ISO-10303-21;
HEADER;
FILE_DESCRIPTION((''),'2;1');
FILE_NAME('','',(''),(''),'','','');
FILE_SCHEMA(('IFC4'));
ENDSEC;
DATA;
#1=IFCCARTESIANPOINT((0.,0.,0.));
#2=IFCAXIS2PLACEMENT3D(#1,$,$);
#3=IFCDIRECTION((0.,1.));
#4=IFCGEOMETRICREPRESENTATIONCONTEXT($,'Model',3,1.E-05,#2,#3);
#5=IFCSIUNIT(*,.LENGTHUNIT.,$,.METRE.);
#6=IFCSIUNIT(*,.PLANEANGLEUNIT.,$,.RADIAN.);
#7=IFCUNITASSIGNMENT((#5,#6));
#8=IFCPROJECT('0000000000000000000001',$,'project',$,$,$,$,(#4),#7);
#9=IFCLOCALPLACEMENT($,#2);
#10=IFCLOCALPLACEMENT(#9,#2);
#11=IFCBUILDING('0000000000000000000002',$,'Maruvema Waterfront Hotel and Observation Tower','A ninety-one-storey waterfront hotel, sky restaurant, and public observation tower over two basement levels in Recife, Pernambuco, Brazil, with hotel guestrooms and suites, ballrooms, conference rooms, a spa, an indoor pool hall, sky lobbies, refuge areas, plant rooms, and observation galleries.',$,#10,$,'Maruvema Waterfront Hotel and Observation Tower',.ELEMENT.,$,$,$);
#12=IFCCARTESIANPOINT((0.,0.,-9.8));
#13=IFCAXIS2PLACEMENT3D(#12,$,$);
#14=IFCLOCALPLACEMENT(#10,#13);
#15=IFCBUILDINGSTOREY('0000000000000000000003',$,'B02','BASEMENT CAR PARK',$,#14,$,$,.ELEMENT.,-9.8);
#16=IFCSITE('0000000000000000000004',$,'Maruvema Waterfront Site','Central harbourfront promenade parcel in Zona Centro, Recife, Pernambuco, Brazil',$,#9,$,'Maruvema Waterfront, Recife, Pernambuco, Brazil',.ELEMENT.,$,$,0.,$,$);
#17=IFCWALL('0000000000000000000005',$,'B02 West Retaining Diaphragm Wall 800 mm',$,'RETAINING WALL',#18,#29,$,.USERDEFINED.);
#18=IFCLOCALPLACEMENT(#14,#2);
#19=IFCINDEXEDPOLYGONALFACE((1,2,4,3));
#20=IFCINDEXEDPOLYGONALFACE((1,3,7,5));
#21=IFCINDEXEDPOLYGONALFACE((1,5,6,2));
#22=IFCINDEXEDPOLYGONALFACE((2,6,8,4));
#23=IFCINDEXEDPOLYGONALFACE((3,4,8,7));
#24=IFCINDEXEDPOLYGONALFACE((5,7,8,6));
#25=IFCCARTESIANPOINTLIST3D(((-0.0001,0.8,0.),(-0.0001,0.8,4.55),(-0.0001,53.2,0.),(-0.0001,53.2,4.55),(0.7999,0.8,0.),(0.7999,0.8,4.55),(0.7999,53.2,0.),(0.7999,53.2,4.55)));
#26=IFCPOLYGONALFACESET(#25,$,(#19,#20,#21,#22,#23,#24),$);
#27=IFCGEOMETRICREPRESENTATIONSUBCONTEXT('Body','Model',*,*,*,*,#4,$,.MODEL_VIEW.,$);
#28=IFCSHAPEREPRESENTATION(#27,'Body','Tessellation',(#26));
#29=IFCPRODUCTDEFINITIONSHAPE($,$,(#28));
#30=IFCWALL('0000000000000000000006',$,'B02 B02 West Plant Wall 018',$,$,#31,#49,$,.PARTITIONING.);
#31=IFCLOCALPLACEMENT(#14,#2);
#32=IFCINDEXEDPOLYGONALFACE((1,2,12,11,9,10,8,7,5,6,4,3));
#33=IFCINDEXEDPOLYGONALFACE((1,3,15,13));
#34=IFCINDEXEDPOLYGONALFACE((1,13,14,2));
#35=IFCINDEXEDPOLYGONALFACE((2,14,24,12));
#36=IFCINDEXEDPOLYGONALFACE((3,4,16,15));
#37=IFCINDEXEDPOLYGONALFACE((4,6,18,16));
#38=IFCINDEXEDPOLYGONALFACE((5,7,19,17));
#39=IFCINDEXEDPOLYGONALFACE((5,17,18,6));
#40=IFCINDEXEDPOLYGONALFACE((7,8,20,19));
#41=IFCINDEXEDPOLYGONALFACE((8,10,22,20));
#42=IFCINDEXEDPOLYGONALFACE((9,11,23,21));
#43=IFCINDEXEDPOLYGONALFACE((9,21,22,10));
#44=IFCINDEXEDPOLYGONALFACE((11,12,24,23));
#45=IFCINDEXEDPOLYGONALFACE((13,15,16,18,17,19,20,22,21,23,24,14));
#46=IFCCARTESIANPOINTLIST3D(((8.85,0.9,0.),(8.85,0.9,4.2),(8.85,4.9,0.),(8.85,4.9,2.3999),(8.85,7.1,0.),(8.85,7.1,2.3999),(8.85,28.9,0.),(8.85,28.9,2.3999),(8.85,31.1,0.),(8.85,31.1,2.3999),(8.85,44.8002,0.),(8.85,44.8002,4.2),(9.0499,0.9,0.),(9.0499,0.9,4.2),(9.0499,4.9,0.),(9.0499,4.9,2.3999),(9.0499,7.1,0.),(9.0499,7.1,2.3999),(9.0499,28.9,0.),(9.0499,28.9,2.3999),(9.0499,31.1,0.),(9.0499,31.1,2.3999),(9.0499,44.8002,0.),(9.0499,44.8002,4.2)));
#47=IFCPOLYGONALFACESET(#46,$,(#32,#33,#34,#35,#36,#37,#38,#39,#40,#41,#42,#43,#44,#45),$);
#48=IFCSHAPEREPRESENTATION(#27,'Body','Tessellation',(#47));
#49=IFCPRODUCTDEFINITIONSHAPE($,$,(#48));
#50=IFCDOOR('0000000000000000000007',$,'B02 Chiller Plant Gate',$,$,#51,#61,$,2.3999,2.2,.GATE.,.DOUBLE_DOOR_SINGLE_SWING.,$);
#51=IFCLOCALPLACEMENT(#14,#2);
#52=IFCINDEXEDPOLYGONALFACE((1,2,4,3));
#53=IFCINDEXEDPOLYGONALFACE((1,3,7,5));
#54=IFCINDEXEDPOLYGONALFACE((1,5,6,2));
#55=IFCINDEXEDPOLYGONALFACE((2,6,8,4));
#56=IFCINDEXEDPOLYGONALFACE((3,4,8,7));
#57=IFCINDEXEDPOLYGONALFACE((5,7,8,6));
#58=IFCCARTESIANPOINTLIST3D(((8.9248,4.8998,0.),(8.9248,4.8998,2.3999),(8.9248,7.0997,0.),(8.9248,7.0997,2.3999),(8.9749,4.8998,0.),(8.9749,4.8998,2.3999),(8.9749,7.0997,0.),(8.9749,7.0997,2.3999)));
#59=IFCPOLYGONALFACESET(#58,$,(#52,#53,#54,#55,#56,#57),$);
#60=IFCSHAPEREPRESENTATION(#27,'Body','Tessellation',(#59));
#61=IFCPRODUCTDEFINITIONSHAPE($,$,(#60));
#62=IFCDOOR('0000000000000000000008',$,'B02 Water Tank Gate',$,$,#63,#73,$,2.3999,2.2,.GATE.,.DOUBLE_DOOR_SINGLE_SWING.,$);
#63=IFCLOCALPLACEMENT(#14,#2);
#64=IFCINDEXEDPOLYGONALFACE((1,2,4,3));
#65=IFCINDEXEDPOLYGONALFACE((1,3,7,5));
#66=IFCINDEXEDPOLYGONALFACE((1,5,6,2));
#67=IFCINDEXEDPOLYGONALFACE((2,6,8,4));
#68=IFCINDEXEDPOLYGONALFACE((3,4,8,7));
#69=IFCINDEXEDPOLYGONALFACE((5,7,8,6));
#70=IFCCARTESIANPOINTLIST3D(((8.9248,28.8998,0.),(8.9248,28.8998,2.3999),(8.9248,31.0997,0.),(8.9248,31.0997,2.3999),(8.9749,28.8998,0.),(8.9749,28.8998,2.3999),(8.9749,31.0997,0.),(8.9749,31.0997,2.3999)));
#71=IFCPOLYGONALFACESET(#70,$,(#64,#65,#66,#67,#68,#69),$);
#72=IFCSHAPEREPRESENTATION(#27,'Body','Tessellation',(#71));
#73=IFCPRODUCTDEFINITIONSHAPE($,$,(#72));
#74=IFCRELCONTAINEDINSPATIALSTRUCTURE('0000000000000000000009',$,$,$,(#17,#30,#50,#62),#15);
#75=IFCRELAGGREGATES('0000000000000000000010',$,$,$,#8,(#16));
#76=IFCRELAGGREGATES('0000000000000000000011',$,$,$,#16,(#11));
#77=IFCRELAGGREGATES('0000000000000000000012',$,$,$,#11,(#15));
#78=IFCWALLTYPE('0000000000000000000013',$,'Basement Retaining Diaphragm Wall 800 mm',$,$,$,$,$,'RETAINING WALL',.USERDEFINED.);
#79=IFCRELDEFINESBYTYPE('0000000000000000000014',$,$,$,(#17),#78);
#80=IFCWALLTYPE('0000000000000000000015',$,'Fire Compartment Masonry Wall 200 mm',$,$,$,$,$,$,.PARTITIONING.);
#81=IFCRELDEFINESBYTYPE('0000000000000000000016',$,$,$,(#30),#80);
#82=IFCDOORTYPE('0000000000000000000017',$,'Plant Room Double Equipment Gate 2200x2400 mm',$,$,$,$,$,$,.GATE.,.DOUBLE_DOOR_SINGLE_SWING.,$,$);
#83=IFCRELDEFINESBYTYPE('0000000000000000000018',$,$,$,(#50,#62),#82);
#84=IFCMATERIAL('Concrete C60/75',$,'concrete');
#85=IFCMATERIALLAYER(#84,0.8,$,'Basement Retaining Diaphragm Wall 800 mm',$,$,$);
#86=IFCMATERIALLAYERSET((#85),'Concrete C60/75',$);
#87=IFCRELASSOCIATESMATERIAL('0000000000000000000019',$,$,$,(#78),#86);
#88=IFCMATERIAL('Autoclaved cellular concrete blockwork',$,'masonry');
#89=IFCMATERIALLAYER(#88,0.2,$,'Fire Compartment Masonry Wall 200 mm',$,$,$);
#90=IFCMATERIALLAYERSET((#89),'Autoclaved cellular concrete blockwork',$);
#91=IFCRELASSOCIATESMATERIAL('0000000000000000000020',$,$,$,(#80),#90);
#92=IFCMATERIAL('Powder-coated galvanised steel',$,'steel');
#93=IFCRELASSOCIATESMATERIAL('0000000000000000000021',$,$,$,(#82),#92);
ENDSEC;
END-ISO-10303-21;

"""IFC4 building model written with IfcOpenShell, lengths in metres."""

from ifc_helpers import new_model, si_unit, direction, frame, frame_2d, origin, place, context, subcontext, project, spatial, rectangle, extrude, material, layer, layer_set, type_object, element, fill, save


model = new_model("IFC4")

# Units and contexts
model_context = context("Model", 3, precision=1e-05, world=origin(), true_north=direction((0.0, 1.0)))
body_context = subcontext(model_context, "Body", "Model", "MODEL_VIEW")
ifc_project = project(units=[si_unit("LENGTHUNIT", "METRE"), si_unit("PLANEANGLEUNIT", "RADIAN")], contexts=[model_context])

# Site, building, storey
site_placement = place(None, origin())
site = spatial("IfcSite", under=ifc_project, at=site_placement, Name="Maruvema Waterfront Site", Description="Central harbourfront promenade parcel in Zona Centro, Recife, Pernambuco, Brazil", LongName="Maruvema Waterfront, Recife, Pernambuco, Brazil", CompositionType="ELEMENT", RefElevation=0.0)
building_placement = place(site_placement, origin())
building = spatial("IfcBuilding", under=site, at=building_placement, Name="Maruvema Waterfront Hotel and Observation Tower", Description="A ninety-one-storey waterfront hotel, sky restaurant, and public observation tower over two basement levels in Recife, Pernambuco, Brazil, with hotel guestrooms and suites, ballrooms, conference rooms, a spa, an indoor pool hall, sky lobbies, refuge areas, plant rooms, and observation galleries.", LongName="Maruvema Waterfront Hotel and Observation Tower", CompositionType="ELEMENT")
storey_placement = place(building_placement, frame((0.0, 0.0, -9.8)))
storey = spatial("IfcBuildingStorey", under=building, at=storey_placement, Name="B02", Description="BASEMENT CAR PARK", CompositionType="ELEMENT", Elevation=-9.8)

# Wall
ifc_material_1 = material(Name="Concrete C60/75", Category="concrete")
ifc_layer_1 = layer(ifc_material_1, 0.8, Name="Basement Retaining Diaphragm Wall 800 mm")
ifc_layer_set_1 = layer_set([ifc_layer_1], Name="Concrete C60/75")
wall_type_1 = type_object("IfcWallType", Name="Basement Retaining Diaphragm Wall 800 mm", ElementType="RETAINING WALL", PredefinedType="USERDEFINED", material=ifc_layer_set_1)
wall_1_placement = place(storey_placement, frame((0.3999, 0.8, 0.0), z_axis=(0.0, 0.0, 1.0), x_axis=(0.0, 1.0, 0.0)))
element("IfcWall", 1, at=wall_1_placement, inside=storey, type_object=wall_type_1, Name="B02 West Retaining Diaphragm Wall 800 mm", ObjectType="RETAINING WALL", PredefinedType="USERDEFINED", context=body_context, shape_type="SweptSolid", body=[
    extrude(rectangle(XDim=52.3999, YDim=0.8, at=frame_2d((26.2, 0.0))), origin(), (0.0, 0.0, 1.0), 4.55),
])

# Wall, openings, doors
ifc_material_2 = material(Name="Autoclaved cellular concrete blockwork", Category="masonry")
ifc_layer_2 = layer(ifc_material_2, 0.2, Name="Fire Compartment Masonry Wall 200 mm")
ifc_layer_set_2 = layer_set([ifc_layer_2], Name="Autoclaved cellular concrete blockwork")
wall_type_2 = type_object("IfcWallType", Name="Fire Compartment Masonry Wall 200 mm", PredefinedType="PARTITIONING", material=ifc_layer_set_2)
wall_2_placement = place(storey_placement, frame((8.95, 0.8999, 0.0), z_axis=(0.0, 0.0, 1.0), x_axis=(0.0, 1.0, 0.0)))
wall_2 = element("IfcWall", 2, at=wall_2_placement, inside=storey, type_object=wall_type_2, Name="B02 B02 West Plant Wall 018", PredefinedType="PARTITIONING", context=body_context, shape_type="SweptSolid", body=[
    extrude(rectangle(XDim=43.9001, YDim=0.2, at=frame_2d((21.9502, 0.0))), origin(), (0.0, 0.0, 1.0), 4.2),
])
opening_1_placement = place(wall_2_placement, frame((4.0, 0.0, 0.0)))
opening_1 = element("IfcOpeningElement", 3, at=opening_1_placement, cuts=wall_2, PredefinedType="OPENING", context=body_context, shape_type="SweptSolid", body=[
    extrude(rectangle(XDim=2.2, YDim=2.3999, at=frame_2d((1.1001, 1.2))), frame((0.0, 0.1099, 0.0), z_axis=(0.0, -1.0, 0.0), x_axis=(1.0, 0.0, 0.0)), (0.0, 0.0, 1.0), 0.22),
])
opening_2_placement = place(wall_2_placement, frame((28.0, 0.0, 0.0)))
opening_2 = element("IfcOpeningElement", 4, at=opening_2_placement, cuts=wall_2, PredefinedType="OPENING", context=body_context, shape_type="SweptSolid", body=[
    extrude(rectangle(XDim=2.2, YDim=2.3999, at=frame_2d((1.1001, 1.2))), frame((0.0, 0.1099, 0.0), z_axis=(0.0, -1.0, 0.0), x_axis=(1.0, 0.0, 0.0)), (0.0, 0.0, 1.0), 0.22),
])
ifc_material_3 = material(Name="Powder-coated galvanised steel", Category="steel")
door_type = type_object("IfcDoorType", Name="Plant Room Double Equipment Gate 2200x2400 mm", OperationType="DOUBLE_DOOR_SINGLE_SWING", PredefinedType="GATE", material=ifc_material_3)
door_1_placement = place(opening_1_placement, frame((2.2, 0.0, 0.0), z_axis=(0.0, 0.0, 1.0), x_axis=(-1.0, 0.0, 0.0)))
door_1 = element("IfcDoor", 5, at=door_1_placement, inside=storey, type_object=door_type, Name="B02 Chiller Plant Gate", OperationType="DOUBLE_DOOR_SINGLE_SWING", OverallHeight=2.3999, OverallWidth=2.2, PredefinedType="GATE", context=body_context, shape_type="SweptSolid", body=[
    extrude(rectangle(XDim=2.2, YDim=2.3999, at=frame_2d((1.1001, 1.2))), frame((0.0, 0.0249, 0.0), z_axis=(0.0, -1.0, 0.0), x_axis=(1.0, 0.0, 0.0)), (0.0, 0.0, 1.0), 0.05),
])
fill(opening_1, door_1)
door_2_placement = place(opening_2_placement, frame((2.2, 0.0, 0.0), z_axis=(0.0, 0.0, 1.0), x_axis=(-1.0, 0.0, 0.0)))
door_2 = element("IfcDoor", 6, at=door_2_placement, inside=storey, type_object=door_type, Name="B02 Water Tank Gate", OperationType="DOUBLE_DOOR_SINGLE_SWING", OverallHeight=2.3999, OverallWidth=2.2, PredefinedType="GATE", context=body_context, shape_type="SweptSolid", body=[
    extrude(rectangle(XDim=2.2, YDim=2.3999, at=frame_2d((1.1001, 1.2))), frame((0.0, 0.0249, 0.0), z_axis=(0.0, -1.0, 0.0), x_axis=(1.0, 0.0, 0.0)), (0.0, 0.0, 1.0), 0.05),
])
fill(opening_2, door_2)

save(model, "model.ifc")
